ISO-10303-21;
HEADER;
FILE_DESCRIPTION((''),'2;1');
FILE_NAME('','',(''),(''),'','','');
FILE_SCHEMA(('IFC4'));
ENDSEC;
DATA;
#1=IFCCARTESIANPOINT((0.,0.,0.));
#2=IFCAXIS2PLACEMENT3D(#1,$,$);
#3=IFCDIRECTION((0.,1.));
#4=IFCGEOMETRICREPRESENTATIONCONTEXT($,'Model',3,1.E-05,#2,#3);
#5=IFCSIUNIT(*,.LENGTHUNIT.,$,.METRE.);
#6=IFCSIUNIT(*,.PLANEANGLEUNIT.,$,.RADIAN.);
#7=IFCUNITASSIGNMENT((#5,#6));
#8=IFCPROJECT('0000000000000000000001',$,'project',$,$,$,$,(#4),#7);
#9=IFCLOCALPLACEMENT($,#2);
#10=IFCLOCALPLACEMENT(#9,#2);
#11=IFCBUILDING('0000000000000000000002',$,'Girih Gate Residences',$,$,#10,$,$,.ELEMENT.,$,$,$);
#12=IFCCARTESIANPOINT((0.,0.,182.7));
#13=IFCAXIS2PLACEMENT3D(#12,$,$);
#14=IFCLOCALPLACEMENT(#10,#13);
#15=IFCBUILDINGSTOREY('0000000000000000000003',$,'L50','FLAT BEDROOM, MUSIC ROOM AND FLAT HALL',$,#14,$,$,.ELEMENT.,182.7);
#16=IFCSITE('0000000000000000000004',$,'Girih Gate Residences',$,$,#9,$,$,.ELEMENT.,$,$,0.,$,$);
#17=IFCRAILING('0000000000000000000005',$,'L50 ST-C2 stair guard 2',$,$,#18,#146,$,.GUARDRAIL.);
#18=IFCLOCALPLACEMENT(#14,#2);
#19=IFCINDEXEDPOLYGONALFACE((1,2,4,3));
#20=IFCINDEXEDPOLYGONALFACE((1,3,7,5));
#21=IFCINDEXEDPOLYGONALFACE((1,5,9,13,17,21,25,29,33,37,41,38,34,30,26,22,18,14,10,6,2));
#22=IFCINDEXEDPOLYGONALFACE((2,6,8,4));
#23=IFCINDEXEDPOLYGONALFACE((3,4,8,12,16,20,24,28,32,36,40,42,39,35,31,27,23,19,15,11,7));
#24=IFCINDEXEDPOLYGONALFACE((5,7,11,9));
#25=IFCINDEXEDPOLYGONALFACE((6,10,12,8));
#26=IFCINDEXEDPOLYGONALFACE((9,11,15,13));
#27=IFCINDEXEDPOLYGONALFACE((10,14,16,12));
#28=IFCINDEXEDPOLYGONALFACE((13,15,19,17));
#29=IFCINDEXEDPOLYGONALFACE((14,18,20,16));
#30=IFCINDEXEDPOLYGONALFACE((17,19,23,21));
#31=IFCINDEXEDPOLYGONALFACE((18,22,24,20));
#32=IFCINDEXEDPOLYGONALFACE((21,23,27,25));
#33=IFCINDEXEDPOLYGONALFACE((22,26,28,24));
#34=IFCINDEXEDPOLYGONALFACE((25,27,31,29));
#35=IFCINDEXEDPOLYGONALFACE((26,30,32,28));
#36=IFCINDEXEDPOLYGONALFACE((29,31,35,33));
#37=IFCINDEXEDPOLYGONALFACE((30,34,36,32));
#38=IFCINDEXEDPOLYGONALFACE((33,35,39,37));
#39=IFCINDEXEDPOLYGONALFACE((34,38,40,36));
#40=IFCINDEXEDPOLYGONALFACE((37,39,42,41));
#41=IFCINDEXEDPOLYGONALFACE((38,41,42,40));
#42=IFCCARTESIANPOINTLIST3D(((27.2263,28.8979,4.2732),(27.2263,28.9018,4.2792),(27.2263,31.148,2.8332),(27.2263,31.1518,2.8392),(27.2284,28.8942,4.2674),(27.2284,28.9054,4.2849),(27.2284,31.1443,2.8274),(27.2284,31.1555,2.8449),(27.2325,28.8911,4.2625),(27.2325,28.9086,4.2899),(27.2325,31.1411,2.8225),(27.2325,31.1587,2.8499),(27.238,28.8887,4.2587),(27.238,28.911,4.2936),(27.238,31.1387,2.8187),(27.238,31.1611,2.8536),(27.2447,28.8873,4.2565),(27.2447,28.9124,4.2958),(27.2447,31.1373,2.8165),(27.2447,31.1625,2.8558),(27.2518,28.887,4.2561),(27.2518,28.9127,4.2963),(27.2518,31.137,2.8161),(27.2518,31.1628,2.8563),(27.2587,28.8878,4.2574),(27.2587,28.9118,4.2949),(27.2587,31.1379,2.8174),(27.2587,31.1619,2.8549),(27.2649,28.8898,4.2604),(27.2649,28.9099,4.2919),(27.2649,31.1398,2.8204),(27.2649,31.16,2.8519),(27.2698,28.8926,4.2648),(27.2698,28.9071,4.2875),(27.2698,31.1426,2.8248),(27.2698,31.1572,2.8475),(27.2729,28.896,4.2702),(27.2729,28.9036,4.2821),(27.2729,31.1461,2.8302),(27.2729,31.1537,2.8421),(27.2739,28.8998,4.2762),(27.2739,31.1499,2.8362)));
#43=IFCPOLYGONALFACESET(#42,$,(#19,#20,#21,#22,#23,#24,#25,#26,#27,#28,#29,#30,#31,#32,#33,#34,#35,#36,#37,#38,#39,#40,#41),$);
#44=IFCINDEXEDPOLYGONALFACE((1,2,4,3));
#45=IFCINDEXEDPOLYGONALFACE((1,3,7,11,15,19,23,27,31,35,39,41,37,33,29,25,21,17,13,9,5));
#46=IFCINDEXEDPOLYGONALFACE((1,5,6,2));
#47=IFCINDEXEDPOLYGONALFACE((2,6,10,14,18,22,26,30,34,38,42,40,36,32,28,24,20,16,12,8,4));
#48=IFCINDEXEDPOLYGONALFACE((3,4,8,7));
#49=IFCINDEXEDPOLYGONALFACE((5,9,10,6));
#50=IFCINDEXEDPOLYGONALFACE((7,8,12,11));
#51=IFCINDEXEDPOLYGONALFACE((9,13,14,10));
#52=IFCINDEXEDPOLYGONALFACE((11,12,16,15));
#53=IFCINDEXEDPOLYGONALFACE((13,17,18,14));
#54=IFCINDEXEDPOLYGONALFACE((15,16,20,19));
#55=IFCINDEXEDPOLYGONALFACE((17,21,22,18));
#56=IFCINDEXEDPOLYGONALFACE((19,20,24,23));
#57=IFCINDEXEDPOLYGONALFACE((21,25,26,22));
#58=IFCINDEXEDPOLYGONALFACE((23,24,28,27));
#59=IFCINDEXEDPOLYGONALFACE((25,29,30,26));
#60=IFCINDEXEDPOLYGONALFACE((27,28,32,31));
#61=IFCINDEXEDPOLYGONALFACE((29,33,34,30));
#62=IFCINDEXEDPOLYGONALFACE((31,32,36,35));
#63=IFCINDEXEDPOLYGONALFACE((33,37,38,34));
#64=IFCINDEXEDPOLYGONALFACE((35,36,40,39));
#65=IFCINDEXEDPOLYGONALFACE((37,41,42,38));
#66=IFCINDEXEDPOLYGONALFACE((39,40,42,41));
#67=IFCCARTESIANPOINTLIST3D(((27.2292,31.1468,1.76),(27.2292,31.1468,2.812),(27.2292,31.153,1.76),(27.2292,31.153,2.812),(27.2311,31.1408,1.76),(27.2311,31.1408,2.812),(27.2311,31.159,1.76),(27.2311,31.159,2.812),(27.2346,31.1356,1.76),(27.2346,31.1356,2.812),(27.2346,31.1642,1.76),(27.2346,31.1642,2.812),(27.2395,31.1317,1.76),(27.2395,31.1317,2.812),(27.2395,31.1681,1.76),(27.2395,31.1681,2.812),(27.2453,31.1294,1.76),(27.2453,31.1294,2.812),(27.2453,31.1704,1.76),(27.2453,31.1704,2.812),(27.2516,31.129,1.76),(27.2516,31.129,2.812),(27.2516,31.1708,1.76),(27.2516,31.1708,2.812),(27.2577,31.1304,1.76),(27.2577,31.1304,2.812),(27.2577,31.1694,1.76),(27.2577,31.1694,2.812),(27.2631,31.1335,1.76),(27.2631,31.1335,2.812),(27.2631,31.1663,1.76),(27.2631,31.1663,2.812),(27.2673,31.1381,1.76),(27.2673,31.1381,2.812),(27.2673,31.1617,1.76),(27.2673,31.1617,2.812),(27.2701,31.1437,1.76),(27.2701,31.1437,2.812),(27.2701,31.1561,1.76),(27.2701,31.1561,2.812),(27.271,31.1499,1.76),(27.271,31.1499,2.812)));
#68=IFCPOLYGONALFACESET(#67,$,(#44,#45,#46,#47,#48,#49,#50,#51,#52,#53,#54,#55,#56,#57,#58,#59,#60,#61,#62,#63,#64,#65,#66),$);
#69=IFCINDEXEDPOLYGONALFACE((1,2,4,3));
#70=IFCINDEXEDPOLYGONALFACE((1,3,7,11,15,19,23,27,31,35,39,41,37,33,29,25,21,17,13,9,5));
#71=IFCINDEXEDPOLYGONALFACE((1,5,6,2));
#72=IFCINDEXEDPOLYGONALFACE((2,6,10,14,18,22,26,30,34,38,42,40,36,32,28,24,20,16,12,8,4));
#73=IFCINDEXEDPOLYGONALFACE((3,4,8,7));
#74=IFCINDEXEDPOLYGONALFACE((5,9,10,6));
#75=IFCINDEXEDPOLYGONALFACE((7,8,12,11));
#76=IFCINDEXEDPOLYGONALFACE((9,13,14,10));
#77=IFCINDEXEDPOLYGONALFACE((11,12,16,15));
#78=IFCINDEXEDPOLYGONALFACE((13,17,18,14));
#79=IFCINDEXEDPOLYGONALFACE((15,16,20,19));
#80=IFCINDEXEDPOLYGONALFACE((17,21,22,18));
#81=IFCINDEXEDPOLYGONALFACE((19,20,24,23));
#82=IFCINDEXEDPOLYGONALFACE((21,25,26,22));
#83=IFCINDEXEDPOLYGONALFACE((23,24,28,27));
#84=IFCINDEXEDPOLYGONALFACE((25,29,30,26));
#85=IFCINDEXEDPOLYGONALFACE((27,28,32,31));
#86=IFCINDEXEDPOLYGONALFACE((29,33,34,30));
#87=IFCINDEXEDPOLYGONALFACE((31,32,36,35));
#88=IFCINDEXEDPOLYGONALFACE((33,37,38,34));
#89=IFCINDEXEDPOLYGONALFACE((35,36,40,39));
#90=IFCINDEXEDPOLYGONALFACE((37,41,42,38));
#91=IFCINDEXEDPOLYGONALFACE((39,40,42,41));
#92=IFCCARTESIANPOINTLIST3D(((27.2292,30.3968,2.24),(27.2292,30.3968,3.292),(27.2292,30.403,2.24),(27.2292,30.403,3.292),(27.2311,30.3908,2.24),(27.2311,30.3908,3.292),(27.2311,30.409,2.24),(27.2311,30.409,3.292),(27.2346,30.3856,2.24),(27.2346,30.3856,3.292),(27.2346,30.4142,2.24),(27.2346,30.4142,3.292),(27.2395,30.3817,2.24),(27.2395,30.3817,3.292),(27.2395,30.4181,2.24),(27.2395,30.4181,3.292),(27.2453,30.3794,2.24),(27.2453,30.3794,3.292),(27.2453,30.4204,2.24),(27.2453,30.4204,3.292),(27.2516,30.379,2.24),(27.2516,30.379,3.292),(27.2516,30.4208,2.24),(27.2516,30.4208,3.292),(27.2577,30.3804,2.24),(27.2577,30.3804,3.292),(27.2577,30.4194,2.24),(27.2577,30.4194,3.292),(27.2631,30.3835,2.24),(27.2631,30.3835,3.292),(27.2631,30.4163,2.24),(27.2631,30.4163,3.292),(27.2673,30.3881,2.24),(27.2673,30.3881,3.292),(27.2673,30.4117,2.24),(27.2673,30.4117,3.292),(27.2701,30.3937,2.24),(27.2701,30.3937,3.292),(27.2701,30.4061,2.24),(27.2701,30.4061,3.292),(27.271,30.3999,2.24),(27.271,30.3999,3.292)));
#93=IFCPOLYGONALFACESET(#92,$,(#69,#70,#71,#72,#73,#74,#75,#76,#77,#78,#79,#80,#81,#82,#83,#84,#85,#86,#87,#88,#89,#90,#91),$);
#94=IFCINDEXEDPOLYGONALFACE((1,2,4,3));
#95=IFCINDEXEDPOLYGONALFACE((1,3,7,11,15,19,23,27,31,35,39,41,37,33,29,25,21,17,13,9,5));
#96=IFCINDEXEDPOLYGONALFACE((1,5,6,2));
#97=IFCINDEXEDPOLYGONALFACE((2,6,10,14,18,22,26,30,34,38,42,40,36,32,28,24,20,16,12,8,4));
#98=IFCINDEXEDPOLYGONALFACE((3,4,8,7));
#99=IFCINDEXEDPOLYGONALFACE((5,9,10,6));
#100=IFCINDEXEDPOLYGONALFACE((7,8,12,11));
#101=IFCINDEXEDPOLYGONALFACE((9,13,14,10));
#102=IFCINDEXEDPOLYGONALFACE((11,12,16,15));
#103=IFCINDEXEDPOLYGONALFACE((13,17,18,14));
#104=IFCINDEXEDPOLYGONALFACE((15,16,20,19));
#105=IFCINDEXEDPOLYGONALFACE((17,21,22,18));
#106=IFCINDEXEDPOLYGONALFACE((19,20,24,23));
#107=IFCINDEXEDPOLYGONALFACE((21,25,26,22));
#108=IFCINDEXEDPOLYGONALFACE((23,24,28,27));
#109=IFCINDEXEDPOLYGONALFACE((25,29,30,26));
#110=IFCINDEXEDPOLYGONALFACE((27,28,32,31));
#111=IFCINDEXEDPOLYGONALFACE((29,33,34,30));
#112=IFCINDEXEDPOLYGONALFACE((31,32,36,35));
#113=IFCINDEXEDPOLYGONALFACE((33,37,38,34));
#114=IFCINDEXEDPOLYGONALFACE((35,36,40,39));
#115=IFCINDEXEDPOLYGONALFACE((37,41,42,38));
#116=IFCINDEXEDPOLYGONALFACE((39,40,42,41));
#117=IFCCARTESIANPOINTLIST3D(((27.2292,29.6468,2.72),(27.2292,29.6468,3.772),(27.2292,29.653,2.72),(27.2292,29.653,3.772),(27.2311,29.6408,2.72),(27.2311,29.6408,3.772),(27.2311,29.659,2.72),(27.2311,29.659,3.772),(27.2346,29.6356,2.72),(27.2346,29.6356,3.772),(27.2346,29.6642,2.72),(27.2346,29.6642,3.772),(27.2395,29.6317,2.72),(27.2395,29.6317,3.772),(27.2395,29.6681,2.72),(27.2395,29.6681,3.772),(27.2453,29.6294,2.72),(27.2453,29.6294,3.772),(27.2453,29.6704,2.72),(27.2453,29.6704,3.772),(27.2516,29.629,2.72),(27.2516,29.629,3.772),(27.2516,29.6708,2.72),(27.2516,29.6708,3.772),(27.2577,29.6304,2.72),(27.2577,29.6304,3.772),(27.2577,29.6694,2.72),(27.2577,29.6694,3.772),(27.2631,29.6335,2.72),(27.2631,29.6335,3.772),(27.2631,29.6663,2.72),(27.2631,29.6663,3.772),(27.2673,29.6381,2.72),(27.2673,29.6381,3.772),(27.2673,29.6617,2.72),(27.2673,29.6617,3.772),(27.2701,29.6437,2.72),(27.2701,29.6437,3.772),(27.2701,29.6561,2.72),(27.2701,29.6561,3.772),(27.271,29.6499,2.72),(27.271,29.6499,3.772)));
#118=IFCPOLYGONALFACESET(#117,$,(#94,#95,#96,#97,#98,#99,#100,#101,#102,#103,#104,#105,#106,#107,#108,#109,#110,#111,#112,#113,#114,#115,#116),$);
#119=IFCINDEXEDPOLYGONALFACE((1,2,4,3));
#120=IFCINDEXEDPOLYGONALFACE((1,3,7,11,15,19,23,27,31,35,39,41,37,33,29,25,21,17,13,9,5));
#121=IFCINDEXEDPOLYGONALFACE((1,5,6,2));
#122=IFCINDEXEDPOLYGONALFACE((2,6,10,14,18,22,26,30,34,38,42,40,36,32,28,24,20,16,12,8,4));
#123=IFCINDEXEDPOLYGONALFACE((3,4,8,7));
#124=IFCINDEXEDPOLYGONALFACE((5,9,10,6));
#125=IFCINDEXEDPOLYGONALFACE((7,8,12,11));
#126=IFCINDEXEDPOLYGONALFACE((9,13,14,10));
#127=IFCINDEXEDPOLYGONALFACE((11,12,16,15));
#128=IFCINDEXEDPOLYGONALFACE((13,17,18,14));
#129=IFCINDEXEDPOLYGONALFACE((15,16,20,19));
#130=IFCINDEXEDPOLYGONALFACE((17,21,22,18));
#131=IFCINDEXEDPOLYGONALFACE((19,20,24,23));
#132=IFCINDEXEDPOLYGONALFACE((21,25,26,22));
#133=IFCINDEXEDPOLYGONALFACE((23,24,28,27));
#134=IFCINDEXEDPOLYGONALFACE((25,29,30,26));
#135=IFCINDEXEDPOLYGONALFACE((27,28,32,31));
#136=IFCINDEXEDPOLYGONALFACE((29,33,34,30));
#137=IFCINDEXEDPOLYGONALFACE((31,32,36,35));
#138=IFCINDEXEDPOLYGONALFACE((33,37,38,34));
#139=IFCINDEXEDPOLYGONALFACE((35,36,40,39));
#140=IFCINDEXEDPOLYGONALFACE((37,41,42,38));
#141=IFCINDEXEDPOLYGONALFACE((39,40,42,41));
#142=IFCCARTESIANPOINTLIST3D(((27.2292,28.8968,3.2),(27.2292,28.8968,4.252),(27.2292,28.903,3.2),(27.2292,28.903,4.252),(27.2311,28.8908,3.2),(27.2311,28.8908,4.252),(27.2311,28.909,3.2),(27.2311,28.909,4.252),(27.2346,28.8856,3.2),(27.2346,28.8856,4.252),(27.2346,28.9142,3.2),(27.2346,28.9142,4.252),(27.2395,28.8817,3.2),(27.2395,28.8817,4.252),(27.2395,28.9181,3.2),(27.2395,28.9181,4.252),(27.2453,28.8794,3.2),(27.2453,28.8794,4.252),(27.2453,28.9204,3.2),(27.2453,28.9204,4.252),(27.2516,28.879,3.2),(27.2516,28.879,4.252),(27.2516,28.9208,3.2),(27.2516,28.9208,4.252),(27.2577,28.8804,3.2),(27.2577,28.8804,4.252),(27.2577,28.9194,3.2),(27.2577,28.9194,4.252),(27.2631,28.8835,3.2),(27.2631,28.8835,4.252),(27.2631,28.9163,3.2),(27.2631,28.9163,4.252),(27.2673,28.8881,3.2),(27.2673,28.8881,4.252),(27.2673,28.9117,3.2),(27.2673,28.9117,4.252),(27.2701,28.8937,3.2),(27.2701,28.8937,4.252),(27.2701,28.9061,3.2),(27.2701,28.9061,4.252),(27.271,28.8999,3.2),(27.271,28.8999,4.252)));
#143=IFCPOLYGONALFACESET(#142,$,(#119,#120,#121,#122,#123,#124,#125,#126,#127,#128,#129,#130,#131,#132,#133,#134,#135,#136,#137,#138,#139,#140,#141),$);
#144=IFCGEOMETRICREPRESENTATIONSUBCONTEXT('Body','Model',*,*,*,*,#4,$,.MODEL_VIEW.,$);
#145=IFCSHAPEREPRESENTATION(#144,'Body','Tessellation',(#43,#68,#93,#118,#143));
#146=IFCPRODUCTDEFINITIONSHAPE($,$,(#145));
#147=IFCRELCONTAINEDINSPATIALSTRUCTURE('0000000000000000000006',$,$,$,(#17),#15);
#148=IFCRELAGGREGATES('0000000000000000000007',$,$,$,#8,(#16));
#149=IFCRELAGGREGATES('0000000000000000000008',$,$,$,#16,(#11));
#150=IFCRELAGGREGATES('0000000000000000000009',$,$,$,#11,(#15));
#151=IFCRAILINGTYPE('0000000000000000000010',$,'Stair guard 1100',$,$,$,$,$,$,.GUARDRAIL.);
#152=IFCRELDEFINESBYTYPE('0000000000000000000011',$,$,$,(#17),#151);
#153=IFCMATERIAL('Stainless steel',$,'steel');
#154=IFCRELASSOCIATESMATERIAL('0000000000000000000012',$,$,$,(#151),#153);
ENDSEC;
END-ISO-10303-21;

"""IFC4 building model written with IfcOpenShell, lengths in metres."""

from ifc_helpers import new_model, si_unit, direction, frame, origin, origin_2d, place, context, subcontext, project, spatial, circle, extrude, material, type_object, element, save


model = new_model("IFC4")

# Units and contexts
model_context = context("Model", 3, precision=1e-05, world=origin(), true_north=direction((0.0, 1.0)))
body_context = subcontext(model_context, "Body", "Model", "MODEL_VIEW")
ifc_project = project(units=[si_unit("LENGTHUNIT", "METRE"), si_unit("PLANEANGLEUNIT", "RADIAN")], contexts=[model_context])

# Site, building, storey
site_placement = place(None, origin())
site = spatial("IfcSite", under=ifc_project, at=site_placement, Name="Girih Gate Residences", CompositionType="ELEMENT", RefElevation=0.0)
building_placement = place(site_placement, origin())
building = spatial("IfcBuilding", under=site, at=building_placement, Name="Girih Gate Residences", CompositionType="ELEMENT")
storey_placement = place(building_placement, frame((0.0, 0.0, 182.7)))
storey = spatial("IfcBuildingStorey", under=building, at=storey_placement, Name="L50", Description="FLAT BEDROOM, MUSIC ROOM AND FLAT HALL", CompositionType="ELEMENT", Elevation=182.7)

# Railing
ifc_material_1 = material(Name="Stainless steel", Category="steel")
railing_type_1 = type_object("IfcRailingType", Name="Stair guard 1100", PredefinedType="GUARDRAIL", material=ifc_material_1)
railing_1_placement = place(storey_placement, frame((27.25, 31.1499, 1.76)))
element("IfcRailing", 1, at=railing_1_placement, inside=storey, type_object=railing_type_1, Name="L50 ST-C2 stair guard 2", PredefinedType="GUARDRAIL", context=body_context, shape_type="SweptSolid", body=[
    extrude(circle(Radius=0.0239, at=origin_2d()), frame((0.0, 0.0, 1.0762), z_axis=(0.0, -0.842281, 0.539038), x_axis=(1.0, 0.0, 0.0)), (0.0, 0.0, 1.0), 2.6714),
    extrude(circle(Radius=0.021, at=origin_2d()), origin(), (0.0, 0.0, 1.0), 1.052),
    extrude(circle(Radius=0.021, at=origin_2d()), frame((0.0, -0.75, 0.48)), (0.0, 0.0, 1.0), 1.052),
    extrude(circle(Radius=0.021, at=origin_2d()), frame((0.0, -1.5, 0.96)), (0.0, 0.0, 1.0), 1.052),
    extrude(circle(Radius=0.021, at=origin_2d()), frame((0.0, -2.25, 1.4399)), (0.0, 0.0, 1.0), 1.052),
])

save(model, "model.ifc")
